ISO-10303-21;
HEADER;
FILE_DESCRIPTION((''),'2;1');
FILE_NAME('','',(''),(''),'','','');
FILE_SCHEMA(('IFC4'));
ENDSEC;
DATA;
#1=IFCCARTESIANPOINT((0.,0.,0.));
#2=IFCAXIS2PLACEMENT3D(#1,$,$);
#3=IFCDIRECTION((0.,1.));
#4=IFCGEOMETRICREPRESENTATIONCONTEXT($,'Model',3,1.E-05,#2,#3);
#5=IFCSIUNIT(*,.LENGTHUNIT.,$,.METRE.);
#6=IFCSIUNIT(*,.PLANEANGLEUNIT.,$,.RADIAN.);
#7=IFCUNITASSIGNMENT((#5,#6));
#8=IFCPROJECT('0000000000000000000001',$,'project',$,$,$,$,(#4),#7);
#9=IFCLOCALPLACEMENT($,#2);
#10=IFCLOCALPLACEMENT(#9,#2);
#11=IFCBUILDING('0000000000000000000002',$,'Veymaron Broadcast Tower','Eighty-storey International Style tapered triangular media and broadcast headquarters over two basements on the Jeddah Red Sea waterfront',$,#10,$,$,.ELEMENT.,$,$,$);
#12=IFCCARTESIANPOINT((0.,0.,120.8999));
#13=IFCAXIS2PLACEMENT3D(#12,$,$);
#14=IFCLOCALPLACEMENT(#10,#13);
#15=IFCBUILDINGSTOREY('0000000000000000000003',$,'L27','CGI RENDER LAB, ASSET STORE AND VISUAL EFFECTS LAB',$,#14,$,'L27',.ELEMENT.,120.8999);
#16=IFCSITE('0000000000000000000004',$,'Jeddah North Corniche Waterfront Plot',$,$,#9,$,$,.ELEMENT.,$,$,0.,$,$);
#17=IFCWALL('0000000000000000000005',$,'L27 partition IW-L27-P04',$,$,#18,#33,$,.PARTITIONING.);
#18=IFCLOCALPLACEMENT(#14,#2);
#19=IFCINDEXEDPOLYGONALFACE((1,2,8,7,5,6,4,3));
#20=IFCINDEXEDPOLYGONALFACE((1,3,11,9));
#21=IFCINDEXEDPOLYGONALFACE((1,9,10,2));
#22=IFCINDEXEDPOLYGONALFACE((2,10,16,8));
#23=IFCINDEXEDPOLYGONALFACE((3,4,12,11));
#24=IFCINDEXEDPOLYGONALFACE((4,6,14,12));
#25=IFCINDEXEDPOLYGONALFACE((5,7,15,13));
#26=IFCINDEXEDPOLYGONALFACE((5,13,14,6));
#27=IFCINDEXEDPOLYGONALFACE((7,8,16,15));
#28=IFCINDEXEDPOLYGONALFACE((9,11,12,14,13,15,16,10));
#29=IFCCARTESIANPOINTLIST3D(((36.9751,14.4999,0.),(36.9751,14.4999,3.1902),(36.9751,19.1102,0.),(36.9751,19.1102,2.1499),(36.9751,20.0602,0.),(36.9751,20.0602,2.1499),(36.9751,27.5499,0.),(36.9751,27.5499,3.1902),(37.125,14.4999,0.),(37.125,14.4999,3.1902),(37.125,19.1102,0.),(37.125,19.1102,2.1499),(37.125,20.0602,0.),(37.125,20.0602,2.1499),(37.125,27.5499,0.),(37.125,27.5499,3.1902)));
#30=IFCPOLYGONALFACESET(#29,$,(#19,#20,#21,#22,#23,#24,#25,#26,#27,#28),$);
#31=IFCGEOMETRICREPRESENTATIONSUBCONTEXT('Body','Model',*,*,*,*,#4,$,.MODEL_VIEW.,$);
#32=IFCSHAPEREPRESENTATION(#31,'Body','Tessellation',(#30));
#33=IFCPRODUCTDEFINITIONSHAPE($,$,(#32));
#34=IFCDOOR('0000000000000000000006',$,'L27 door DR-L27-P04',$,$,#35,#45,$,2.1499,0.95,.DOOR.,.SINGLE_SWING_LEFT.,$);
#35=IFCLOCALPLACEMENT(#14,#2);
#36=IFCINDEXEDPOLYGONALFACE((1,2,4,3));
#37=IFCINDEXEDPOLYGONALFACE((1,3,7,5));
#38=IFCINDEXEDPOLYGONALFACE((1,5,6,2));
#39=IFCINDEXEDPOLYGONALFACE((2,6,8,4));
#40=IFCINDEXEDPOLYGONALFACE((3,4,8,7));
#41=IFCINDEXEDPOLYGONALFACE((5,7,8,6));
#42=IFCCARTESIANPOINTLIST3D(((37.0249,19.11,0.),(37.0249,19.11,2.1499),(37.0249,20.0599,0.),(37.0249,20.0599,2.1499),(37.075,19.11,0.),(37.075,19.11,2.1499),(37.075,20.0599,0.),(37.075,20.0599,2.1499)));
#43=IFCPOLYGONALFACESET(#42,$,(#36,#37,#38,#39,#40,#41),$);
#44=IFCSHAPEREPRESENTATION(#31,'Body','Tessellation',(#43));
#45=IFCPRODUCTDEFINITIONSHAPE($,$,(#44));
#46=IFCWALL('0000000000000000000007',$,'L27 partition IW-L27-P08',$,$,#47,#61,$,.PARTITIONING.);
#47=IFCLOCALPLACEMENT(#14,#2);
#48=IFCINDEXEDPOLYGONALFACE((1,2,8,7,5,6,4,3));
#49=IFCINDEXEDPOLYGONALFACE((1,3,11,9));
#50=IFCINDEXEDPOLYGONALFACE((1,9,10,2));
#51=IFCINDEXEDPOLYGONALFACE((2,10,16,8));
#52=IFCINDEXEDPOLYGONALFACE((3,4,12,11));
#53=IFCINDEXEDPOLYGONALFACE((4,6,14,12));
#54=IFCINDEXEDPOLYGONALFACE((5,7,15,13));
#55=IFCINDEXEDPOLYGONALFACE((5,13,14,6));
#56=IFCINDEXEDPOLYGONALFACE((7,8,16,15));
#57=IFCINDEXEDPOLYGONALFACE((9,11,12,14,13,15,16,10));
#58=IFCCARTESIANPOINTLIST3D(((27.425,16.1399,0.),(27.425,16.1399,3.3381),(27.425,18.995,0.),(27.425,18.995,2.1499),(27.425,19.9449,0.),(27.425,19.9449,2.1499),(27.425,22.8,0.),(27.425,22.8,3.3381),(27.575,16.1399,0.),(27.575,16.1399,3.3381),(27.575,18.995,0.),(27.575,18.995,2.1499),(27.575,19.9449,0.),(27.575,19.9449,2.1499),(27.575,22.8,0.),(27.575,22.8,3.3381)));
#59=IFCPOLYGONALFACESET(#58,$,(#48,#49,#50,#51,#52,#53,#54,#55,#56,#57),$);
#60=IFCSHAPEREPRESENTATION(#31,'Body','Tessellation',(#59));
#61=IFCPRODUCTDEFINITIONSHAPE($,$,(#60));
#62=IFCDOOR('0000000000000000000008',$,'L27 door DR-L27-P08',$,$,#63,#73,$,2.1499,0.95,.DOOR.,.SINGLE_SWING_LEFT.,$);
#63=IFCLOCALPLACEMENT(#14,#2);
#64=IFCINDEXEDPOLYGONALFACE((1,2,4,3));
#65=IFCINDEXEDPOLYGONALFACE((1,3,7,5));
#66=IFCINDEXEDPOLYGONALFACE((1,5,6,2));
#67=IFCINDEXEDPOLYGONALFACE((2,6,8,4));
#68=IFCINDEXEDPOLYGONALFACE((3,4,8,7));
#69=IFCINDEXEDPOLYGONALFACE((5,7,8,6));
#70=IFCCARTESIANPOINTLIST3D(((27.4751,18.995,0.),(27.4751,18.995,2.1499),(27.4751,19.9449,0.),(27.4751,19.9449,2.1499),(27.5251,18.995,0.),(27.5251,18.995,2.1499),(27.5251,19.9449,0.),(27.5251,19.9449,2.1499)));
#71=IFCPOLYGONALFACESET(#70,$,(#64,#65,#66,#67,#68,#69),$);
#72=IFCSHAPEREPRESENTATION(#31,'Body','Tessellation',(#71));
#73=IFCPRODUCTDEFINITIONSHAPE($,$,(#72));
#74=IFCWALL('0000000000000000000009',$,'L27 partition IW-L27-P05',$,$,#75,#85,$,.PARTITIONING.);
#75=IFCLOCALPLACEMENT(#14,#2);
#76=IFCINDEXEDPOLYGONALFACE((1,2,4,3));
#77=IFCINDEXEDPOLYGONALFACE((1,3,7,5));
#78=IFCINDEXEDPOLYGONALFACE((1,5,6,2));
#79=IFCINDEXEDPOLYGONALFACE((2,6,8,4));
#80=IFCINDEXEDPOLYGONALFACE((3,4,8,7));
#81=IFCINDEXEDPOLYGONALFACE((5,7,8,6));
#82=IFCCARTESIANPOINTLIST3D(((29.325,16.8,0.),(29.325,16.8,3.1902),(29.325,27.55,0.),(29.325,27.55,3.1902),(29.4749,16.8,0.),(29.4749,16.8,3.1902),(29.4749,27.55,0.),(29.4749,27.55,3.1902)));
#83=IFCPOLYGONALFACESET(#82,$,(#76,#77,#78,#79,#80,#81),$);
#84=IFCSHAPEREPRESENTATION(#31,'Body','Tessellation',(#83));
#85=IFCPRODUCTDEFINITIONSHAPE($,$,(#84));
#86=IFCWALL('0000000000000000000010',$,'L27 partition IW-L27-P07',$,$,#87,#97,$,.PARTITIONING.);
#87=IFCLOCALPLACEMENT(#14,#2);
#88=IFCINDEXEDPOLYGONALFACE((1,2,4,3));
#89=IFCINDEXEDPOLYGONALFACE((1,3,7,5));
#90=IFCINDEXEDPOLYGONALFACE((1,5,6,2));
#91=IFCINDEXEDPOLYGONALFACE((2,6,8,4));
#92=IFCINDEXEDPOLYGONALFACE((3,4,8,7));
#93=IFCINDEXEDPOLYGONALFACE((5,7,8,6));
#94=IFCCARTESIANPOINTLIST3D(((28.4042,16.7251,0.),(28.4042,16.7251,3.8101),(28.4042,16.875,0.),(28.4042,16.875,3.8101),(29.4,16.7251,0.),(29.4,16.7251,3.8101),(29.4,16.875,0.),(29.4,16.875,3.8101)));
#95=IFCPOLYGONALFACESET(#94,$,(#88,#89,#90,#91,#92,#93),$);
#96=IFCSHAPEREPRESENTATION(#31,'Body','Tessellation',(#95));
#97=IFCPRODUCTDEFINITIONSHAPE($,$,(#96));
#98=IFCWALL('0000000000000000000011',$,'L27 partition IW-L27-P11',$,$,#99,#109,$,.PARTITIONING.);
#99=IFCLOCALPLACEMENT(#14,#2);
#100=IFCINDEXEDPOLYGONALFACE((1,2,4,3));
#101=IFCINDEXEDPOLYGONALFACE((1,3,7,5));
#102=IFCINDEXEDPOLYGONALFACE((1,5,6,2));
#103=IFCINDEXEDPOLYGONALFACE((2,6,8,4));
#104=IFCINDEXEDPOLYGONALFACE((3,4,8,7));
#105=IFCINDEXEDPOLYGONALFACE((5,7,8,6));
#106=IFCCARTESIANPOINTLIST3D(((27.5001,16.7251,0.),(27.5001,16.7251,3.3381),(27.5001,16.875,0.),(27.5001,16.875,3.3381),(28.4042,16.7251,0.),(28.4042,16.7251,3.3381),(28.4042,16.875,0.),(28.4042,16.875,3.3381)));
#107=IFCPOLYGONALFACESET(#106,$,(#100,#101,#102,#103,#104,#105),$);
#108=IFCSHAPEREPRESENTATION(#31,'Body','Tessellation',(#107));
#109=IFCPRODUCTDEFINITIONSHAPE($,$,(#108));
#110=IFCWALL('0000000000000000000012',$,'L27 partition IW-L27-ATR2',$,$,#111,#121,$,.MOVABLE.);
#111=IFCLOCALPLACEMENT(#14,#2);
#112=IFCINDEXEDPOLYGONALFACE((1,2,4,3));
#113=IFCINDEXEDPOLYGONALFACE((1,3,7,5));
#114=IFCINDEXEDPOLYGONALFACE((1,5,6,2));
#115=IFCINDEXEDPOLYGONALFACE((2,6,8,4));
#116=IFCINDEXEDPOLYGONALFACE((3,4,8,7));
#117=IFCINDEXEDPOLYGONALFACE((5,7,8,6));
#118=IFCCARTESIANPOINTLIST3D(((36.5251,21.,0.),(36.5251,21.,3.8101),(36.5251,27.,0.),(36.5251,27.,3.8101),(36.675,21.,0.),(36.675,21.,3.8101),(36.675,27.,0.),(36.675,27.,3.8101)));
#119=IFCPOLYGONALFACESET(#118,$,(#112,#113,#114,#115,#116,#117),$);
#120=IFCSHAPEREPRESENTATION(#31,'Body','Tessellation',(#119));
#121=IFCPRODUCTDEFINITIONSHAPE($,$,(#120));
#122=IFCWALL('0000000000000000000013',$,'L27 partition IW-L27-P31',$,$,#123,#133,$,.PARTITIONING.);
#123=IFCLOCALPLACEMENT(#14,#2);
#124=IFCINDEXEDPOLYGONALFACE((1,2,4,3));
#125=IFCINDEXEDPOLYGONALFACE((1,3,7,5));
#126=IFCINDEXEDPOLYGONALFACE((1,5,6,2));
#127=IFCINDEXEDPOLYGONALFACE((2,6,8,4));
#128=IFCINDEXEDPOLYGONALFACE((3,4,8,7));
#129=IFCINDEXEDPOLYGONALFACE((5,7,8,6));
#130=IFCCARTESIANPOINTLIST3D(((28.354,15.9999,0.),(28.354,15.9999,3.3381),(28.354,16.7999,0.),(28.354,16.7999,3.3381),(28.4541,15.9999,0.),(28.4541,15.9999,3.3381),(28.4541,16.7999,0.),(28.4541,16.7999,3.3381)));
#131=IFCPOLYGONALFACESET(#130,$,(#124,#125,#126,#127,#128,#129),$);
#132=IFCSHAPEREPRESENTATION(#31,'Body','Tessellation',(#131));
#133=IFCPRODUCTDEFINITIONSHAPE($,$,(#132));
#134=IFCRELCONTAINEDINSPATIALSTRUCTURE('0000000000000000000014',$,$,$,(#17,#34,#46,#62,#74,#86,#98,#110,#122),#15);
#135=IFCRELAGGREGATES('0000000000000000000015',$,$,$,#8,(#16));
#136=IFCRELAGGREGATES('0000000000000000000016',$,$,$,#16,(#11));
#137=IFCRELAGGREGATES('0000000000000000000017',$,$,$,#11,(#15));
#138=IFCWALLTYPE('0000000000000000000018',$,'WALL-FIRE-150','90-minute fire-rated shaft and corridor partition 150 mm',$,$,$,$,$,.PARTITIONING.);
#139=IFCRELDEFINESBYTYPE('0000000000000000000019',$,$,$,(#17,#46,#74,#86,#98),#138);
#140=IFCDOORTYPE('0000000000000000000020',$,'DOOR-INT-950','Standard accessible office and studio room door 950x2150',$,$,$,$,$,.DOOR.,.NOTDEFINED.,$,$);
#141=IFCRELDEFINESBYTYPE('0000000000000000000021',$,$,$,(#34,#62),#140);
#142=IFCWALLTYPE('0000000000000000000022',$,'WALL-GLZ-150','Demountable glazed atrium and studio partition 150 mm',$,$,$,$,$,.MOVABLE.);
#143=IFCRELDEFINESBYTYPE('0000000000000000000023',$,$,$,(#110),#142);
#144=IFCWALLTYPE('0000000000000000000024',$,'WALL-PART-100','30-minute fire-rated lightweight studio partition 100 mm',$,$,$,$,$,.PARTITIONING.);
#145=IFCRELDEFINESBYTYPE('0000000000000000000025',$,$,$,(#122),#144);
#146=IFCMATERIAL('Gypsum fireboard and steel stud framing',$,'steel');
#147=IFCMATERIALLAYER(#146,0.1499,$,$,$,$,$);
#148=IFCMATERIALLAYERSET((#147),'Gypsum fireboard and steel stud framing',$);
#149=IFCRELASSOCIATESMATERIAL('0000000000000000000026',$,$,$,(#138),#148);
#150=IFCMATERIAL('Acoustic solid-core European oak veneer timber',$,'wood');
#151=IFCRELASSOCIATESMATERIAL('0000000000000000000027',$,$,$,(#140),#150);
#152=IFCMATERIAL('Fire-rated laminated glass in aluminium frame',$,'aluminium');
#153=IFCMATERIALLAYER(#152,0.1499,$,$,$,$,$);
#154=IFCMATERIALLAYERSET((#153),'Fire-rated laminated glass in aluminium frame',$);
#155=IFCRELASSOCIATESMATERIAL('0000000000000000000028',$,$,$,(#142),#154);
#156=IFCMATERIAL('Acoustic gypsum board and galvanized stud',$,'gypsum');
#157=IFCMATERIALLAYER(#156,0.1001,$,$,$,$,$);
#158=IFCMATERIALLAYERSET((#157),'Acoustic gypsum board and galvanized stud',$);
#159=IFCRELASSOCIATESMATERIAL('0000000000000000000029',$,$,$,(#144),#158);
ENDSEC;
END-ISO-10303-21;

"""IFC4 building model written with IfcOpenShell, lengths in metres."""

from ifc_helpers import new_model, si_unit, direction, frame, frame_2d, origin, place, context, subcontext, project, spatial, rectangle, extrude, material, layer, layer_set, type_object, element, fill, save


model = new_model("IFC4")

# Units and contexts
model_context = context("Model", 3, precision=1e-05, world=origin(), true_north=direction((0.0, 1.0)))
body_context = subcontext(model_context, "Body", "Model", "MODEL_VIEW")
ifc_project = project(units=[si_unit("LENGTHUNIT", "METRE"), si_unit("PLANEANGLEUNIT", "RADIAN")], contexts=[model_context])

# Site, building, storey
site_placement = place(None, origin())
site = spatial("IfcSite", under=ifc_project, at=site_placement, Name="Jeddah North Corniche Waterfront Plot", CompositionType="ELEMENT", RefElevation=0.0)
building_placement = place(site_placement, origin())
building = spatial("IfcBuilding", under=site, at=building_placement, Name="Veymaron Broadcast Tower", Description="Eighty-storey International Style tapered triangular media and broadcast headquarters over two basements on the Jeddah Red Sea waterfront", CompositionType="ELEMENT")
storey_placement = place(building_placement, frame((0.0, 0.0, 120.8999)))
storey = spatial("IfcBuildingStorey", under=building, at=storey_placement, Name="L27", Description="CGI RENDER LAB, ASSET STORE AND VISUAL EFFECTS LAB", LongName="L27", CompositionType="ELEMENT", Elevation=120.8999)

# Walls, openings, doors
ifc_material_1 = material(Name="Gypsum fireboard and steel stud framing", Category="steel")
ifc_layer_1 = layer(ifc_material_1, 0.1499)
ifc_layer_set_1 = layer_set([ifc_layer_1], Name="Gypsum fireboard and steel stud framing")
wall_type_1 = type_object("IfcWallType", Name="WALL-FIRE-150", Description="90-minute fire-rated shaft and corridor partition 150 mm", PredefinedType="PARTITIONING", material=ifc_layer_set_1)
ifc_material_2 = material(Name="Acoustic solid-core European oak veneer timber", Category="wood")
door_type = type_object("IfcDoorType", Name="DOOR-INT-950", Description="Standard accessible office and studio room door 950x2150", OperationType="NOTDEFINED", PredefinedType="DOOR", material=ifc_material_2)
wall_1_placement = place(storey_placement, frame((37.05, 14.5, 0.0), z_axis=(0.0, 0.0, 1.0), x_axis=(0.0, 1.0, 0.0)))
wall_1 = element("IfcWall", 1, at=wall_1_placement, inside=storey, type_object=wall_type_1, Name="L27 partition IW-L27-P04", PredefinedType="PARTITIONING", context=body_context, shape_type="SweptSolid", body=[
    extrude(rectangle(XDim=13.05, YDim=0.1499, at=frame_2d((6.5249, 0.0))), origin(), (0.0, 0.0, 1.0), 3.1902),
])
opening_1_placement = place(wall_1_placement, frame((4.6101, 0.0, 0.0)))
opening_1 = element("IfcOpeningElement", 2, at=opening_1_placement, cuts=wall_1, PredefinedType="OPENING", context=body_context, shape_type="SweptSolid", body=[
    extrude(rectangle(XDim=0.95, YDim=2.1499, at=frame_2d((0.4751, 1.075))), frame((0.0, 0.085, 0.0), z_axis=(0.0, -1.0, 0.0), x_axis=(1.0, 0.0, 0.0)), (0.0, 0.0, 1.0), 0.1699),
])
door_1_placement = place(opening_1_placement, frame((0.95, 0.0, 0.0), z_axis=(0.0, 0.0, 1.0), x_axis=(-1.0, 0.0, 0.0)))
door_1 = element("IfcDoor", 3, at=door_1_placement, inside=storey, type_object=door_type, Name="L27 door DR-L27-P04", OperationType="SINGLE_SWING_LEFT", OverallHeight=2.1499, OverallWidth=0.95, PredefinedType="DOOR", context=body_context, shape_type="SweptSolid", body=[
    extrude(rectangle(XDim=0.95, YDim=2.1499, at=frame_2d((0.4751, 1.075))), frame((0.0, 0.0249, 0.0), z_axis=(0.0, -1.0, 0.0), x_axis=(1.0, 0.0, 0.0)), (0.0, 0.0, 1.0), 0.05),
])
fill(opening_1, door_1)
wall_2_placement = place(storey_placement, frame((27.5, 16.1399, 0.0), z_axis=(0.0, 0.0, 1.0), x_axis=(0.0, 1.0, 0.0)))
wall_2 = element("IfcWall", 4, at=wall_2_placement, inside=storey, type_object=wall_type_1, Name="L27 partition IW-L27-P08", PredefinedType="PARTITIONING", context=body_context, shape_type="SweptSolid", body=[
    extrude(rectangle(XDim=6.6602, YDim=0.1499, at=frame_2d((3.3301, 0.0))), origin(), (0.0, 0.0, 1.0), 3.3381),
])
opening_2_placement = place(wall_2_placement, frame((2.855, 0.0, 0.0)))
opening_2 = element("IfcOpeningElement", 5, at=opening_2_placement, cuts=wall_2, PredefinedType="OPENING", context=body_context, shape_type="SweptSolid", body=[
    extrude(rectangle(XDim=0.95, YDim=2.1499, at=frame_2d((0.4751, 1.075))), frame((0.0, 0.085, 0.0), z_axis=(0.0, -1.0, 0.0), x_axis=(1.0, 0.0, 0.0)), (0.0, 0.0, 1.0), 0.1699),
])
door_2_placement = place(opening_2_placement, origin())
door_2 = element("IfcDoor", 6, at=door_2_placement, inside=storey, type_object=door_type, Name="L27 door DR-L27-P08", OperationType="SINGLE_SWING_LEFT", OverallHeight=2.1499, OverallWidth=0.95, PredefinedType="DOOR", context=body_context, shape_type="SweptSolid", body=[
    extrude(rectangle(XDim=0.95, YDim=2.1499, at=frame_2d((0.4751, 1.075))), frame((0.0, 0.0249, 0.0), z_axis=(0.0, -1.0, 0.0), x_axis=(1.0, 0.0, 0.0)), (0.0, 0.0, 1.0), 0.05),
])
fill(opening_2, door_2)

# Walls
wall_3_placement = place(storey_placement, frame((29.3999, 16.8, 0.0), z_axis=(0.0, 0.0, 1.0), x_axis=(0.0, 1.0, 0.0)))
element("IfcWall", 7, at=wall_3_placement, inside=storey, type_object=wall_type_1, Name="L27 partition IW-L27-P05", PredefinedType="PARTITIONING", context=body_context, shape_type="SweptSolid", body=[
    extrude(rectangle(XDim=10.75, YDim=0.1499, at=frame_2d((5.375, 0.0))), origin(), (0.0, 0.0, 1.0), 3.1902),
])
wall_4_placement = place(storey_placement, frame((28.4041, 16.8, 0.0), z_axis=(0.0, 0.0, 1.0), x_axis=(1.0, 0.0, 0.0)))
element("IfcWall", 8, at=wall_4_placement, inside=storey, type_object=wall_type_1, Name="L27 partition IW-L27-P07", PredefinedType="PARTITIONING", context=body_context, shape_type="SweptSolid", body=[
    extrude(rectangle(XDim=0.9958, YDim=0.1499, at=frame_2d((0.498, 0.0))), origin(), (0.0, 0.0, 1.0), 3.8101),
])
wall_5_placement = place(storey_placement, frame((27.5, 16.8, 0.0), z_axis=(0.0, 0.0, 1.0), x_axis=(1.0, 0.0, 0.0)))
element("IfcWall", 9, at=wall_5_placement, inside=storey, type_object=wall_type_1, Name="L27 partition IW-L27-P11", PredefinedType="PARTITIONING", context=body_context, shape_type="SweptSolid", body=[
    extrude(rectangle(XDim=0.9041, YDim=0.1499, at=frame_2d((0.4521, 0.0))), origin(), (0.0, 0.0, 1.0), 3.3381),
])
ifc_material_3 = material(Name="Fire-rated laminated glass in aluminium frame", Category="aluminium")
ifc_layer_2 = layer(ifc_material_3, 0.1499)
ifc_layer_set_2 = layer_set([ifc_layer_2], Name="Fire-rated laminated glass in aluminium frame")
wall_type_2 = type_object("IfcWallType", Name="WALL-GLZ-150", Description="Demountable glazed atrium and studio partition 150 mm", PredefinedType="MOVABLE", material=ifc_layer_set_2)
wall_6_placement = place(storey_placement, frame((36.6001, 21.0, 0.0), z_axis=(0.0, 0.0, 1.0), x_axis=(0.0, 1.0, 0.0)))
element("IfcWall", 10, at=wall_6_placement, inside=storey, type_object=wall_type_2, Name="L27 partition IW-L27-ATR2", PredefinedType="MOVABLE", context=body_context, shape_type="SweptSolid", body=[
    extrude(rectangle(XDim=6.0, YDim=0.1499, at=frame_2d((3.0, 0.0))), origin(), (0.0, 0.0, 1.0), 3.8101),
])
ifc_material_4 = material(Name="Acoustic gypsum board and galvanized stud", Category="gypsum")
ifc_layer_3 = layer(ifc_material_4, 0.1001)
ifc_layer_set_3 = layer_set([ifc_layer_3], Name="Acoustic gypsum board and galvanized stud")
wall_type_3 = type_object("IfcWallType", Name="WALL-PART-100", Description="30-minute fire-rated lightweight studio partition 100 mm", PredefinedType="PARTITIONING", material=ifc_layer_set_3)
wall_7_placement = place(storey_placement, frame((28.4041, 16.0, 0.0), z_axis=(0.0, 0.0, 1.0), x_axis=(0.0, 1.0, 0.0)))
element("IfcWall", 11, at=wall_7_placement, inside=storey, type_object=wall_type_3, Name="L27 partition IW-L27-P31", PredefinedType="PARTITIONING", context=body_context, shape_type="SweptSolid", body=[
    extrude(rectangle(XDim=0.8, YDim=0.1001, at=frame_2d((0.3999, 0.0))), origin(), (0.0, 0.0, 1.0), 3.3381),
])

save(model, "model.ifc")
